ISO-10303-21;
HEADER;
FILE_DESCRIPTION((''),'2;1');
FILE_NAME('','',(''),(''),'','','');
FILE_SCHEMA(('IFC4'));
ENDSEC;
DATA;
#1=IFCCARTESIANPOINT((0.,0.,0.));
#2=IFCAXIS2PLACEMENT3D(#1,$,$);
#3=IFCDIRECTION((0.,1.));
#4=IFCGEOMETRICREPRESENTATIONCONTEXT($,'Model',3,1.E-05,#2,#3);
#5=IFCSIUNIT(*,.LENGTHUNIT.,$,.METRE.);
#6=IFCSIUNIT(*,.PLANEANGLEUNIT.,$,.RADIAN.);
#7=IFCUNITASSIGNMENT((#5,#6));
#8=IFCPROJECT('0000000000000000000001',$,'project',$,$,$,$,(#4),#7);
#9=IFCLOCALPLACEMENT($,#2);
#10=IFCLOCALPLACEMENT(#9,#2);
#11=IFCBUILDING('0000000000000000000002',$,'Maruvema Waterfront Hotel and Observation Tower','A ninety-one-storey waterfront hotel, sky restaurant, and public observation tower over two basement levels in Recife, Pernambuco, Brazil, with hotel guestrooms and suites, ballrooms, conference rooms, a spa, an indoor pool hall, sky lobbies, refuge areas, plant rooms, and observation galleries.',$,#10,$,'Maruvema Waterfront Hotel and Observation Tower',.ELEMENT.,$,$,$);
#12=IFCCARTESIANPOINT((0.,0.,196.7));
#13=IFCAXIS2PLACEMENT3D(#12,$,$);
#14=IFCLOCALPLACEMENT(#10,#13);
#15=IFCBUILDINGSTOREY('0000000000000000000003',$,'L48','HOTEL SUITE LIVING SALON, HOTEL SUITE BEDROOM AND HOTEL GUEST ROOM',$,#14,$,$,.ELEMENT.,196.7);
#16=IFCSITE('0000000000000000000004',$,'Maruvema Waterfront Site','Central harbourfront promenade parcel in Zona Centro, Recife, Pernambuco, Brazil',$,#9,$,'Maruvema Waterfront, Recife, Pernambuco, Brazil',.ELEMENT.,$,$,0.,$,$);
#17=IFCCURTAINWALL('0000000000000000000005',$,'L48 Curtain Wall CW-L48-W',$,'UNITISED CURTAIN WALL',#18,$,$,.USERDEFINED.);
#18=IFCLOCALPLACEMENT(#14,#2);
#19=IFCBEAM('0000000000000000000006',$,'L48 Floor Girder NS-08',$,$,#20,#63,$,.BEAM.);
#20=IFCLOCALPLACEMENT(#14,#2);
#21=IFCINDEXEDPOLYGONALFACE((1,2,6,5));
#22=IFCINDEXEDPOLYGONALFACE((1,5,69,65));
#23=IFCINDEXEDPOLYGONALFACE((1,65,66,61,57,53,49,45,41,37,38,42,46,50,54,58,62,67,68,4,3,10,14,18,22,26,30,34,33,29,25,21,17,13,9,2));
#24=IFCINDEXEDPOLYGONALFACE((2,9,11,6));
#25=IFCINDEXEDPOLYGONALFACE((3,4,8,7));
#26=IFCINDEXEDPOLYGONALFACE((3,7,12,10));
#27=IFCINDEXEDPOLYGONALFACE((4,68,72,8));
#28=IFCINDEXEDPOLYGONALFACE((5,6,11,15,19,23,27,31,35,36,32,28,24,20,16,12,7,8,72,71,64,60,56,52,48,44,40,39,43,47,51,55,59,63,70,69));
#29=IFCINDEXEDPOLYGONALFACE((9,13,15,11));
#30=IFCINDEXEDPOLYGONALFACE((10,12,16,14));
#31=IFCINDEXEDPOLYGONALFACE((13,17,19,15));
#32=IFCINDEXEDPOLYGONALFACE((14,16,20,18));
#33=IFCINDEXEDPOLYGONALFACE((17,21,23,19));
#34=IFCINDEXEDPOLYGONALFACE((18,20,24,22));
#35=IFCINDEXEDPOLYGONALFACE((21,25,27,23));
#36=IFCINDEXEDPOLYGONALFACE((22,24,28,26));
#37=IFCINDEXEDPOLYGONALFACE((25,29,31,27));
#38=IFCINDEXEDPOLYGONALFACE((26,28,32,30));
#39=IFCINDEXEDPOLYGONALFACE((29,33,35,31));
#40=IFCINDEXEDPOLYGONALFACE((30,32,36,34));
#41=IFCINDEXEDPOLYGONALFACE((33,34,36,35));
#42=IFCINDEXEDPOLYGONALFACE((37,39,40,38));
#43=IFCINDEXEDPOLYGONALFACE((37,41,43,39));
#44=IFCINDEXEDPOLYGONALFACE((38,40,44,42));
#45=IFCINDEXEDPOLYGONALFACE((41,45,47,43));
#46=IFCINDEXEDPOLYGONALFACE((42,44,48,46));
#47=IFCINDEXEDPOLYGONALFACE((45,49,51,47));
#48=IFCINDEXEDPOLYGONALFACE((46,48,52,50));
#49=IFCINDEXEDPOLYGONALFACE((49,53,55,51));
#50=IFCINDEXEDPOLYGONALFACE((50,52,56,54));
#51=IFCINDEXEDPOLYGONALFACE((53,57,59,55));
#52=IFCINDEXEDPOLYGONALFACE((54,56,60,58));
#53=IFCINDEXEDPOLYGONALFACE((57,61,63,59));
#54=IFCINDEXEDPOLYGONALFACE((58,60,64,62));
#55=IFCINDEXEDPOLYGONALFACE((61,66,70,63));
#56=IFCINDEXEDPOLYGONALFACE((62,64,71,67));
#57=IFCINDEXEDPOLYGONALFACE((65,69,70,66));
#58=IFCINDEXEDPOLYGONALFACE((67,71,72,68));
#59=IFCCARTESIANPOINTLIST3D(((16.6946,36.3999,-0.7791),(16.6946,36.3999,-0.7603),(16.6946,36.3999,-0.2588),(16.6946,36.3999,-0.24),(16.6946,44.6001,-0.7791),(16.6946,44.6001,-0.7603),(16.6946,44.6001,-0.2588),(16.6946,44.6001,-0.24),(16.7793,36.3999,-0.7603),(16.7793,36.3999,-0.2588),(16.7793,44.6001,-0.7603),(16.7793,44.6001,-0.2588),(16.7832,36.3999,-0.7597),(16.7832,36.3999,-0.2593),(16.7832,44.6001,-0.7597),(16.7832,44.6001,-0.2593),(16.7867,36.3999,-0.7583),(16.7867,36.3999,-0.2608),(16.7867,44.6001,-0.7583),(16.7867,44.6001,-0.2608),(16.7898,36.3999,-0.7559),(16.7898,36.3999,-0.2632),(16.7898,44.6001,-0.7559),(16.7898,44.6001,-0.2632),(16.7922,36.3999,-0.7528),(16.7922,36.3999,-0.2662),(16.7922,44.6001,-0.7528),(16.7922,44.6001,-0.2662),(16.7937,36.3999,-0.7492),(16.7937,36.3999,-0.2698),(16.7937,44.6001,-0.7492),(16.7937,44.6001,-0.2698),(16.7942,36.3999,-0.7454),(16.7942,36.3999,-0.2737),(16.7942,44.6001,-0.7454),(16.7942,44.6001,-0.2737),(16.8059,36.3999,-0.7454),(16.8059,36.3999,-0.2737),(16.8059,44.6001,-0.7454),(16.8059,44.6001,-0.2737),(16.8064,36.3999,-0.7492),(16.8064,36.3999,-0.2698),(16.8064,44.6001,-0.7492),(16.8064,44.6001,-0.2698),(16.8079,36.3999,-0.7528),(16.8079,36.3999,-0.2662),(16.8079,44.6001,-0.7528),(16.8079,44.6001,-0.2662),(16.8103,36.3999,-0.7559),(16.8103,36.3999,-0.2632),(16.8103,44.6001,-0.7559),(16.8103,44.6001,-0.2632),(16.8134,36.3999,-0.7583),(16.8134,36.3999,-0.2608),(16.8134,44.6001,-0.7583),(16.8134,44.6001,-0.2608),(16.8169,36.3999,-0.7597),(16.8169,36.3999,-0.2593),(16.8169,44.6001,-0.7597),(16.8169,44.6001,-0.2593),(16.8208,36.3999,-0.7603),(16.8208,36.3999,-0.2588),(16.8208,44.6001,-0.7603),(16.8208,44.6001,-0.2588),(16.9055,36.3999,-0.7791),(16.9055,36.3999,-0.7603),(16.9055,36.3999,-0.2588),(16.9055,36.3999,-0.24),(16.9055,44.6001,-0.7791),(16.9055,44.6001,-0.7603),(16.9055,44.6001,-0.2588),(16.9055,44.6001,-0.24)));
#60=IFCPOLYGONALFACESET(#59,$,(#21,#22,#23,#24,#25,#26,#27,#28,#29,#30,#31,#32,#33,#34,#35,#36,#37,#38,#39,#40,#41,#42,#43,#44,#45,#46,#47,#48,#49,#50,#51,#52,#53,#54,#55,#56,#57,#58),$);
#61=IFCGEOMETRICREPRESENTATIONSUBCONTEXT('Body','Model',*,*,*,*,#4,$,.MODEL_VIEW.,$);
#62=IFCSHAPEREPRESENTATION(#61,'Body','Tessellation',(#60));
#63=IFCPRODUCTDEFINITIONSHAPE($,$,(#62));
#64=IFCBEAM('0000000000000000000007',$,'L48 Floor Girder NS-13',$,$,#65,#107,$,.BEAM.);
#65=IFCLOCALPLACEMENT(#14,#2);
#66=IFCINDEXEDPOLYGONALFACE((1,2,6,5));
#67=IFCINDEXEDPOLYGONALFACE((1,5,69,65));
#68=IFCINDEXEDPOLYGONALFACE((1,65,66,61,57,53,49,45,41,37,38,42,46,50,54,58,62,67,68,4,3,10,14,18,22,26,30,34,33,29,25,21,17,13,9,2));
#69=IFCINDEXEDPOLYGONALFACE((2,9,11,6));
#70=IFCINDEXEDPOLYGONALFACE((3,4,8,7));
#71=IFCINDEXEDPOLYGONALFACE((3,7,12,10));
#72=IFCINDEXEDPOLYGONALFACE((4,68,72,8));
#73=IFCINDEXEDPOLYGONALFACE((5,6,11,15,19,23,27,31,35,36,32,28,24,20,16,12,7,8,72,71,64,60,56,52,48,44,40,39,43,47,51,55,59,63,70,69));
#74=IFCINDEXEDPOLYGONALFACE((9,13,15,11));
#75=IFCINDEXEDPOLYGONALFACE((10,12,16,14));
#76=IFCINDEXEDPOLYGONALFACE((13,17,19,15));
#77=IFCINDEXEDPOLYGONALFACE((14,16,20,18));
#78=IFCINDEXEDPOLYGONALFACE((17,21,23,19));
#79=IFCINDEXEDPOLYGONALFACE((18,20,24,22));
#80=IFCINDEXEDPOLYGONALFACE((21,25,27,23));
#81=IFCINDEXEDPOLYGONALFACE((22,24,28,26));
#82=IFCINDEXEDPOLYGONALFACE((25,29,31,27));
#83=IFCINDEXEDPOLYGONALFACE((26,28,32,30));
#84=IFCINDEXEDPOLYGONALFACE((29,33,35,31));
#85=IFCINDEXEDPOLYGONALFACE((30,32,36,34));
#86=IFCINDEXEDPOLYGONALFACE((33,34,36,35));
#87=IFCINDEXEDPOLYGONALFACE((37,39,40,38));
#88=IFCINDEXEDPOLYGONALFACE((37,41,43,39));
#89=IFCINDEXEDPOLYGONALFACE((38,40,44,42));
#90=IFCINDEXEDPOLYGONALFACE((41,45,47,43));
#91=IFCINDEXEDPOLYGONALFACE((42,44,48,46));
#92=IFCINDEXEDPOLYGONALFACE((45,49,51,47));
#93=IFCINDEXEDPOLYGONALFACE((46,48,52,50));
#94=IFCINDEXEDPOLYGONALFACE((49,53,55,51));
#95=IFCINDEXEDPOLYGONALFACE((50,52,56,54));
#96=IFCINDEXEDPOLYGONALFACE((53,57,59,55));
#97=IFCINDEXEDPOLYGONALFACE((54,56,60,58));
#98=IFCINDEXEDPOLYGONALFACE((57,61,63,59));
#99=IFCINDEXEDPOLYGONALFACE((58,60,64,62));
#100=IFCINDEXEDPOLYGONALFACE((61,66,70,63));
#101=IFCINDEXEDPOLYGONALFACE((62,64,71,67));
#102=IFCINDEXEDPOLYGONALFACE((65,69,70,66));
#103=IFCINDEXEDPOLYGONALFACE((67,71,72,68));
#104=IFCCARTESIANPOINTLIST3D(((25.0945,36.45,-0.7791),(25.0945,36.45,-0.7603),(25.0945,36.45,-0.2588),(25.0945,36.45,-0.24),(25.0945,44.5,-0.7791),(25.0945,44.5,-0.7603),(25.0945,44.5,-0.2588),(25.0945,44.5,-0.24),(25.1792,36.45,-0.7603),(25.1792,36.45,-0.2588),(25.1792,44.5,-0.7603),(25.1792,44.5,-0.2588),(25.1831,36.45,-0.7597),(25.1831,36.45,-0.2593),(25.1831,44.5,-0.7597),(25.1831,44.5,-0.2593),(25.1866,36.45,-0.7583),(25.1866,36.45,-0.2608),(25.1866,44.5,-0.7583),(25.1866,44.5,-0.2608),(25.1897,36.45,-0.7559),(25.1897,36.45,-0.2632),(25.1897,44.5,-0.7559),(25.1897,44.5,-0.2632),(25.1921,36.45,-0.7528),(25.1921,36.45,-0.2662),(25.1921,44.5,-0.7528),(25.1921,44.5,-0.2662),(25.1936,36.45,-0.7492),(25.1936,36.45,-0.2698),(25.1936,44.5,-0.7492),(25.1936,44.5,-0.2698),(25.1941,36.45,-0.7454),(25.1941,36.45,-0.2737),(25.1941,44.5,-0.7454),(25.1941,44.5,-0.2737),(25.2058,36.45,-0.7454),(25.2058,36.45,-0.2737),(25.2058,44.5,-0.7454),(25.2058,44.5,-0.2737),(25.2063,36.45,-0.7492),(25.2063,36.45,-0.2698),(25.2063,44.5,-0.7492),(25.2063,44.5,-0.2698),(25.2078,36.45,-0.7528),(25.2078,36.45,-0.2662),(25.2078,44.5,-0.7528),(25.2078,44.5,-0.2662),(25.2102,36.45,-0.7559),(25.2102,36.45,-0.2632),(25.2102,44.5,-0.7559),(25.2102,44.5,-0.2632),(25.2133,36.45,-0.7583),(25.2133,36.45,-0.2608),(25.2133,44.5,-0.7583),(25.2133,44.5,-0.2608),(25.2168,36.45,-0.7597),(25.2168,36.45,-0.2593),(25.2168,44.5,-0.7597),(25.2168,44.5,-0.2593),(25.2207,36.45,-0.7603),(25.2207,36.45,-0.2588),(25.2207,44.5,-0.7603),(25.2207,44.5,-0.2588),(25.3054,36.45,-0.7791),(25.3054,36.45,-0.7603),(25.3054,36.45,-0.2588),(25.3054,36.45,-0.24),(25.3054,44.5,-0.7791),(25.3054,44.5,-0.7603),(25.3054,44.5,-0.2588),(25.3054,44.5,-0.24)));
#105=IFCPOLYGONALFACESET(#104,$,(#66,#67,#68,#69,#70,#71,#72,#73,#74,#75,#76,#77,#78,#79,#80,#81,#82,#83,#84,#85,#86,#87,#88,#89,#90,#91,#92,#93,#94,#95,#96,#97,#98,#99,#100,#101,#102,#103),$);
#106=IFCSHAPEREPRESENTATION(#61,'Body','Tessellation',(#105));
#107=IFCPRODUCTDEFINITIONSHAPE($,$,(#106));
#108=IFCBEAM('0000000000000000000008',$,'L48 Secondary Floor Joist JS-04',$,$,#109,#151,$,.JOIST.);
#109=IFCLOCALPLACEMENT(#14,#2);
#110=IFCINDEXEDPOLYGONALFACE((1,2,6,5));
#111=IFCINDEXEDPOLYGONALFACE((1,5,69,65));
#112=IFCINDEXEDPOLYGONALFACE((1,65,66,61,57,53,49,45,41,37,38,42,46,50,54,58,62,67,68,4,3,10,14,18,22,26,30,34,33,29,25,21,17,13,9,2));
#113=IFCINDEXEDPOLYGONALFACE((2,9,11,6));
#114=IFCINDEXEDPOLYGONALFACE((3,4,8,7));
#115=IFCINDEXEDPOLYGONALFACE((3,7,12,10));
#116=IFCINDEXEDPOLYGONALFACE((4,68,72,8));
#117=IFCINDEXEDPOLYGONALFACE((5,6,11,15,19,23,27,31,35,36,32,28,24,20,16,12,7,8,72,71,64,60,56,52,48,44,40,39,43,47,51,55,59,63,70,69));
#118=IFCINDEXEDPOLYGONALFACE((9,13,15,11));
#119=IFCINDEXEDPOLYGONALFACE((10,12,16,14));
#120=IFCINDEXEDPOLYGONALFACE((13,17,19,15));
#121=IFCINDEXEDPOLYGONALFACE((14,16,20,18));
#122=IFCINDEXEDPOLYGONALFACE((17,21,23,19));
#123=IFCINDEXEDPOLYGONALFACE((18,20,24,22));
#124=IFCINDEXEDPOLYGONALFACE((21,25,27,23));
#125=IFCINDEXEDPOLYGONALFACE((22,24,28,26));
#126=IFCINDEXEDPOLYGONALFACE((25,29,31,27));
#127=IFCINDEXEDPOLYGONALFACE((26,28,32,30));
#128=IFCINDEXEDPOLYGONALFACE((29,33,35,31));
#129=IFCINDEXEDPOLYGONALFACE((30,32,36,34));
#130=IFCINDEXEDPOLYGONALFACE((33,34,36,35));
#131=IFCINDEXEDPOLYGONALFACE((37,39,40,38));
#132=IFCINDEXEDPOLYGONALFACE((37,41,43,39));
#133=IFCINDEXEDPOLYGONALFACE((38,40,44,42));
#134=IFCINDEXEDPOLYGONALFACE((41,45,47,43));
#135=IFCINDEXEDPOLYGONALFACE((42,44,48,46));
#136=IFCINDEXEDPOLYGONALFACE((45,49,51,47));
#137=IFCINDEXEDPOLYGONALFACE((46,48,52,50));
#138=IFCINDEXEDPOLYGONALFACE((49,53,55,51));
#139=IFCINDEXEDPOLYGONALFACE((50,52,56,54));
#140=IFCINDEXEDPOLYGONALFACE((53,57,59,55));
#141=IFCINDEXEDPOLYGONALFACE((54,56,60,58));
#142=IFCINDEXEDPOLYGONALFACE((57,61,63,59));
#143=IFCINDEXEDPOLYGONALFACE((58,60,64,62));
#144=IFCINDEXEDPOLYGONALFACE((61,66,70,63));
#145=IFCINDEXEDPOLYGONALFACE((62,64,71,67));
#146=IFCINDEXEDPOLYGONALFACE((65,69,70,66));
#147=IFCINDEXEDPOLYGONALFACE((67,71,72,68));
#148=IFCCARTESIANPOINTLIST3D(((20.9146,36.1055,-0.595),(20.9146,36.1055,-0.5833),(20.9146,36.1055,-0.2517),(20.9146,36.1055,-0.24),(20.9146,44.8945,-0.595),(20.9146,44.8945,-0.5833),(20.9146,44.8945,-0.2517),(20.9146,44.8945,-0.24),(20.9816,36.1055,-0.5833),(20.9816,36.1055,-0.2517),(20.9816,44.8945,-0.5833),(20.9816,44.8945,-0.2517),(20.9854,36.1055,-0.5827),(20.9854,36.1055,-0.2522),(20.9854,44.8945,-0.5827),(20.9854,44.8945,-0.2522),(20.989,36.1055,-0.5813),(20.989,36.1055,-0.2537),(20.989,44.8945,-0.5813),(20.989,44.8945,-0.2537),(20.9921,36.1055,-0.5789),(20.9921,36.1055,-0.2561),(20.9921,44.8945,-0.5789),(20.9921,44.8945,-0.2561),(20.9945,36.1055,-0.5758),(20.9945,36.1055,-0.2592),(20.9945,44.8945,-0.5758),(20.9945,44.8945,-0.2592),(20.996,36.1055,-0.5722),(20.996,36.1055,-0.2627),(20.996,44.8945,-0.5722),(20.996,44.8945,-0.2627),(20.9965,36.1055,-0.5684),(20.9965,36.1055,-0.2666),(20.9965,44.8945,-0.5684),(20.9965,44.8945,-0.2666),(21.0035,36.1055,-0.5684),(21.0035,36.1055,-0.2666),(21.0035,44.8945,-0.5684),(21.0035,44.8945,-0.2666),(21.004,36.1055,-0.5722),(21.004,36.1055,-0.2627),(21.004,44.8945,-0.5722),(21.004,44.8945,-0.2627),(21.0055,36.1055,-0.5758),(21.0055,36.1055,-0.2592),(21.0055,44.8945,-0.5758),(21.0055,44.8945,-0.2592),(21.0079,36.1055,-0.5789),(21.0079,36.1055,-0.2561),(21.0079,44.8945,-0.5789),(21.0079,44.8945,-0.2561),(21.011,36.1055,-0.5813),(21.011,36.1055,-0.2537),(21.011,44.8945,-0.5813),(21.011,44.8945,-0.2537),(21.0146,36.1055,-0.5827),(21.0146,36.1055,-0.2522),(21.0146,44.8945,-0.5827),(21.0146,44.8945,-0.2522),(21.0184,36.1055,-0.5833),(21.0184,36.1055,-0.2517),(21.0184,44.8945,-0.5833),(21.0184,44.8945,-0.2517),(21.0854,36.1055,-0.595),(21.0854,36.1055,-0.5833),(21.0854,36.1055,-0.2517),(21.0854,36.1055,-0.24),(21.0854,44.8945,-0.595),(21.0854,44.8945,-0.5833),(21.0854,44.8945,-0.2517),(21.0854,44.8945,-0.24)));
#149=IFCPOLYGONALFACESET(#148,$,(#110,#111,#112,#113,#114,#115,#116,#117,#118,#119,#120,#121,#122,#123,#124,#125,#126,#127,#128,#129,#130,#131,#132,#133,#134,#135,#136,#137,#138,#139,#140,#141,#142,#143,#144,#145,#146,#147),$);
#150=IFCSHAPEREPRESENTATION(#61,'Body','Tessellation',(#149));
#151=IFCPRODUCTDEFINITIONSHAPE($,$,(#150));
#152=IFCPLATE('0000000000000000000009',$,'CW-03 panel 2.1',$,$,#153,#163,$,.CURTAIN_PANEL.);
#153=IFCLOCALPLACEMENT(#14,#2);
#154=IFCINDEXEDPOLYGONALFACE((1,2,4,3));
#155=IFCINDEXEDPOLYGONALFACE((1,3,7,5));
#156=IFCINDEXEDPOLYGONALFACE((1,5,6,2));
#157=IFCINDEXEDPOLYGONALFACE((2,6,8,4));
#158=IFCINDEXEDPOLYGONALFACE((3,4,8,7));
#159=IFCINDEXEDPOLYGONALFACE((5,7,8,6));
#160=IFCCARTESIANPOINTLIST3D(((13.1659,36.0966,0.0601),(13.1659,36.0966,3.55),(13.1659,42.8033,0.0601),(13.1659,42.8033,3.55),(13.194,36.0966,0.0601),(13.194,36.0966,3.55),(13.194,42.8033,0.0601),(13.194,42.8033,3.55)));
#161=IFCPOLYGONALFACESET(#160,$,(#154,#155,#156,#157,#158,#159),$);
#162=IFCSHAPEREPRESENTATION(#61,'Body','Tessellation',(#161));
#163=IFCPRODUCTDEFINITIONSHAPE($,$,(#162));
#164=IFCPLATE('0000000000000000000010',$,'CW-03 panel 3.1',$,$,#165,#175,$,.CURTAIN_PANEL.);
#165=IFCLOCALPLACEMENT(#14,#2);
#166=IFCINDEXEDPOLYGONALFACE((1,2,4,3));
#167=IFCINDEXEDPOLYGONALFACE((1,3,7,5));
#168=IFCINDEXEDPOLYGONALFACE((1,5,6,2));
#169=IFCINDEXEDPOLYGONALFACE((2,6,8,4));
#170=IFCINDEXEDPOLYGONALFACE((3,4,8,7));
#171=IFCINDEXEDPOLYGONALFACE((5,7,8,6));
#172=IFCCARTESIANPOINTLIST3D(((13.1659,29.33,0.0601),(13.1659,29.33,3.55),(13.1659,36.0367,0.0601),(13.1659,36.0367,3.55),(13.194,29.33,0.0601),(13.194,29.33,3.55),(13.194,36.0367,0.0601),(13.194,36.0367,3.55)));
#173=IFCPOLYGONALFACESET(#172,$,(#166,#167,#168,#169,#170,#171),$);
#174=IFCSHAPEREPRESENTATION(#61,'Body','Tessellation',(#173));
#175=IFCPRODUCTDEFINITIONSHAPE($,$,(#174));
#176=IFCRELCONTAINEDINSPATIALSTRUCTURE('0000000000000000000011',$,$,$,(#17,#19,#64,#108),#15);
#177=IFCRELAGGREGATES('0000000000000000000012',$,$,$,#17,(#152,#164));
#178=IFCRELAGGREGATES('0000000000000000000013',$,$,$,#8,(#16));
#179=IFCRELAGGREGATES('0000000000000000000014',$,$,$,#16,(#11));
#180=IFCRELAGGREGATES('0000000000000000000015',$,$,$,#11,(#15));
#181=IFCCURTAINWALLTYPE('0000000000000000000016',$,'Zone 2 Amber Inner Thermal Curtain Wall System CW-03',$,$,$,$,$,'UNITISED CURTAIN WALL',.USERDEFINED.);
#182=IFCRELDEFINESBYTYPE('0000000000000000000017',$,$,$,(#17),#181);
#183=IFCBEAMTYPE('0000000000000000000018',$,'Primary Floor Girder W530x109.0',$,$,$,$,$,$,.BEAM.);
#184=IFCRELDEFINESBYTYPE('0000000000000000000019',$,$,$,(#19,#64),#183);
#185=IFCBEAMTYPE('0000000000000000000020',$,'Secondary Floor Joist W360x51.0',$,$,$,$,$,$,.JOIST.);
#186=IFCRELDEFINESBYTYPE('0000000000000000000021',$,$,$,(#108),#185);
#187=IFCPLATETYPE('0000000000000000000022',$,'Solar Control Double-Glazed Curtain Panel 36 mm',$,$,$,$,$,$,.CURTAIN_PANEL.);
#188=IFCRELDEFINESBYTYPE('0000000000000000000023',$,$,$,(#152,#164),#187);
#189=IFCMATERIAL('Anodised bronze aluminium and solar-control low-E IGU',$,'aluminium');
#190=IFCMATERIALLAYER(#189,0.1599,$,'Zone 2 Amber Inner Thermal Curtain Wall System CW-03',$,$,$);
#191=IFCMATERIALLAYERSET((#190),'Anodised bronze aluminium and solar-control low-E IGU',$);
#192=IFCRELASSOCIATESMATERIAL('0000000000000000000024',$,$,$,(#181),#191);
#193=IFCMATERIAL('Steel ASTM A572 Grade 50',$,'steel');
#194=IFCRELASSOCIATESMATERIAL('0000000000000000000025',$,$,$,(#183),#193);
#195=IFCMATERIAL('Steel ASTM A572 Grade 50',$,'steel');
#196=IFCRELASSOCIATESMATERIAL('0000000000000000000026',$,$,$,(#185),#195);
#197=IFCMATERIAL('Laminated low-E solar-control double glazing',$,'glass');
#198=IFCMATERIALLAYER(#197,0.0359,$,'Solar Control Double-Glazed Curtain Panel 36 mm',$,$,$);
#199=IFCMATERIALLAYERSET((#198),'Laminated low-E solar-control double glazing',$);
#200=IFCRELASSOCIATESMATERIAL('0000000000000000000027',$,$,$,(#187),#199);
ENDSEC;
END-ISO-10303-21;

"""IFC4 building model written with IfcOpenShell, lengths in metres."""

from ifc_helpers import new_model, si_unit, direction, frame, origin, origin_2d, place, context, subcontext, project, spatial, rectangle, i_section, extrude, material, layer, layer_set, material_profile, profile_set, type_object, element, aggregate, save


model = new_model("IFC4")

# Units and contexts
model_context = context("Model", 3, precision=1e-05, world=origin(), true_north=direction((0.0, 1.0)))
body_context = subcontext(model_context, "Body", "Model", "MODEL_VIEW")
ifc_project = project(units=[si_unit("LENGTHUNIT", "METRE"), si_unit("PLANEANGLEUNIT", "RADIAN")], contexts=[model_context])

# Site, building, storey
site_placement = place(None, origin())
site = spatial("IfcSite", under=ifc_project, at=site_placement, Name="Maruvema Waterfront Site", Description="Central harbourfront promenade parcel in Zona Centro, Recife, Pernambuco, Brazil", LongName="Maruvema Waterfront, Recife, Pernambuco, Brazil", CompositionType="ELEMENT", RefElevation=0.0)
building_placement = place(site_placement, origin())
building = spatial("IfcBuilding", under=site, at=building_placement, Name="Maruvema Waterfront Hotel and Observation Tower", Description="A ninety-one-storey waterfront hotel, sky restaurant, and public observation tower over two basement levels in Recife, Pernambuco, Brazil, with hotel guestrooms and suites, ballrooms, conference rooms, a spa, an indoor pool hall, sky lobbies, refuge areas, plant rooms, and observation galleries.", LongName="Maruvema Waterfront Hotel and Observation Tower", CompositionType="ELEMENT")
storey_placement = place(building_placement, frame((0.0, 0.0, 196.7)))
storey = spatial("IfcBuildingStorey", under=building, at=storey_placement, Name="L48", Description="HOTEL SUITE LIVING SALON, HOTEL SUITE BEDROOM AND HOTEL GUEST ROOM", CompositionType="ELEMENT", Elevation=196.7)

# Curtain wall
ifc_material_1 = material(Name="Anodised bronze aluminium and solar-control low-E IGU", Category="aluminium")
ifc_layer_1 = layer(ifc_material_1, 0.1599, Name="Zone 2 Amber Inner Thermal Curtain Wall System CW-03")
ifc_layer_set_1 = layer_set([ifc_layer_1], Name="Anodised bronze aluminium and solar-control low-E IGU")
curtain_wall_type = type_object("IfcCurtainWallType", Name="Zone 2 Amber Inner Thermal Curtain Wall System CW-03", ElementType="UNITISED CURTAIN WALL", PredefinedType="USERDEFINED", material=ifc_layer_set_1)
curtain_wall_placement = place(storey_placement, origin())
curtain_wall = element("IfcCurtainWall", 1, at=curtain_wall_placement, inside=storey, type_object=curtain_wall_type, Name="L48 Curtain Wall CW-L48-W", ObjectType="UNITISED CURTAIN WALL", PredefinedType="USERDEFINED")

# Beams
ifc_material_2 = material(Name="Steel ASTM A572 Grade 50", Category="steel")
ifc_material_profile_1 = material_profile(ifc_material_2, i_section(OverallWidth=0.2109, OverallDepth=0.5391, WebThickness=0.0117, FlangeThickness=0.0188, FilletRadius=0.0149, at=origin_2d()), Name="W530x109.0")
ifc_profile_set_1 = profile_set([ifc_material_profile_1], Name="Steel ASTM A572 Grade 50")
beam_type_1 = type_object("IfcBeamType", Name="Primary Floor Girder W530x109.0", PredefinedType="BEAM", material=ifc_profile_set_1)
beam_1_placement = place(storey_placement, frame((16.8, 36.3999, -0.5095), z_axis=(0.0, 1.0, 0.0), x_axis=(-1.0, 0.0, 0.0)))
element("IfcBeam", 2, at=beam_1_placement, inside=storey, type_object=beam_type_1, Name="L48 Floor Girder NS-08", PredefinedType="BEAM", context=body_context, shape_type="SweptSolid", body=[
    extrude(i_section(OverallWidth=0.2109, OverallDepth=0.5391, WebThickness=0.0117, FlangeThickness=0.0188, FilletRadius=0.0149, at=origin_2d()), origin(), (0.0, 0.0, 1.0), 8.2002),
])
beam_2_placement = place(storey_placement, frame((25.2, 36.45, -0.5095), z_axis=(0.0, 1.0, 0.0), x_axis=(-1.0, 0.0, 0.0)))
element("IfcBeam", 3, at=beam_2_placement, inside=storey, type_object=beam_type_1, Name="L48 Floor Girder NS-13", PredefinedType="BEAM", context=body_context, shape_type="SweptSolid", body=[
    extrude(i_section(OverallWidth=0.2109, OverallDepth=0.5391, WebThickness=0.0117, FlangeThickness=0.0188, FilletRadius=0.0149, at=origin_2d()), origin(), (0.0, 0.0, 1.0), 8.05),
])
ifc_material_3 = material(Name="Steel ASTM A572 Grade 50", Category="steel")
ifc_material_profile_2 = material_profile(ifc_material_3, i_section(OverallWidth=0.1709, OverallDepth=0.355, WebThickness=0.0071, FlangeThickness=0.0117, FilletRadius=0.0149, at=origin_2d()), Name="W360x51.0")
ifc_profile_set_2 = profile_set([ifc_material_profile_2], Name="Steel ASTM A572 Grade 50")
beam_type_2 = type_object("IfcBeamType", Name="Secondary Floor Joist W360x51.0", PredefinedType="JOIST", material=ifc_profile_set_2)
beam_3_placement = place(storey_placement, frame((21.0, 36.1055, -0.4175), z_axis=(0.0, 1.0, 0.0), x_axis=(-1.0, 0.0, 0.0)))
element("IfcBeam", 4, at=beam_3_placement, inside=storey, type_object=beam_type_2, Name="L48 Secondary Floor Joist JS-04", PredefinedType="JOIST", context=body_context, shape_type="SweptSolid", body=[
    extrude(i_section(OverallWidth=0.1709, OverallDepth=0.355, WebThickness=0.0071, FlangeThickness=0.0117, FilletRadius=0.0149, at=origin_2d()), origin(), (0.0, 0.0, 1.0), 8.7891),
])

# Plates
ifc_material_4 = material(Name="Laminated low-E solar-control double glazing", Category="glass")
ifc_layer_2 = layer(ifc_material_4, 0.0359, Name="Solar Control Double-Glazed Curtain Panel 36 mm")
ifc_layer_set_2 = layer_set([ifc_layer_2], Name="Laminated low-E solar-control double glazing")
plate_type = type_object("IfcPlateType", Name="Solar Control Double-Glazed Curtain Panel 36 mm", PredefinedType="CURTAIN_PANEL", material=ifc_layer_set_2)
plate_1_placement = place(storey_placement, frame((13.1799, 39.45, 0.0601), z_axis=(0.0, 0.0, 1.0), x_axis=(0.0, -1.0, 0.0)))
plate_1 = element("IfcPlate", 5, at=plate_1_placement, type_object=plate_type, Name="CW-03 panel 2.1", PredefinedType="CURTAIN_PANEL", context=body_context, shape_type="SweptSolid", body=[
    extrude(rectangle(XDim=6.7068, YDim=0.0281, at=origin_2d()), origin(), (0.0, 0.0, 1.0), 3.49),
])
plate_2_placement = place(storey_placement, frame((13.1799, 32.6833, 0.0601), z_axis=(0.0, 0.0, 1.0), x_axis=(0.0, -1.0, 0.0)))
plate_2 = element("IfcPlate", 6, at=plate_2_placement, type_object=plate_type, Name="CW-03 panel 3.1", PredefinedType="CURTAIN_PANEL", context=body_context, shape_type="SweptSolid", body=[
    extrude(rectangle(XDim=6.7068, YDim=0.0281, at=origin_2d()), origin(), (0.0, 0.0, 1.0), 3.49),
])
aggregate(curtain_wall, [plate_1, plate_2])

save(model, "model.ifc")
